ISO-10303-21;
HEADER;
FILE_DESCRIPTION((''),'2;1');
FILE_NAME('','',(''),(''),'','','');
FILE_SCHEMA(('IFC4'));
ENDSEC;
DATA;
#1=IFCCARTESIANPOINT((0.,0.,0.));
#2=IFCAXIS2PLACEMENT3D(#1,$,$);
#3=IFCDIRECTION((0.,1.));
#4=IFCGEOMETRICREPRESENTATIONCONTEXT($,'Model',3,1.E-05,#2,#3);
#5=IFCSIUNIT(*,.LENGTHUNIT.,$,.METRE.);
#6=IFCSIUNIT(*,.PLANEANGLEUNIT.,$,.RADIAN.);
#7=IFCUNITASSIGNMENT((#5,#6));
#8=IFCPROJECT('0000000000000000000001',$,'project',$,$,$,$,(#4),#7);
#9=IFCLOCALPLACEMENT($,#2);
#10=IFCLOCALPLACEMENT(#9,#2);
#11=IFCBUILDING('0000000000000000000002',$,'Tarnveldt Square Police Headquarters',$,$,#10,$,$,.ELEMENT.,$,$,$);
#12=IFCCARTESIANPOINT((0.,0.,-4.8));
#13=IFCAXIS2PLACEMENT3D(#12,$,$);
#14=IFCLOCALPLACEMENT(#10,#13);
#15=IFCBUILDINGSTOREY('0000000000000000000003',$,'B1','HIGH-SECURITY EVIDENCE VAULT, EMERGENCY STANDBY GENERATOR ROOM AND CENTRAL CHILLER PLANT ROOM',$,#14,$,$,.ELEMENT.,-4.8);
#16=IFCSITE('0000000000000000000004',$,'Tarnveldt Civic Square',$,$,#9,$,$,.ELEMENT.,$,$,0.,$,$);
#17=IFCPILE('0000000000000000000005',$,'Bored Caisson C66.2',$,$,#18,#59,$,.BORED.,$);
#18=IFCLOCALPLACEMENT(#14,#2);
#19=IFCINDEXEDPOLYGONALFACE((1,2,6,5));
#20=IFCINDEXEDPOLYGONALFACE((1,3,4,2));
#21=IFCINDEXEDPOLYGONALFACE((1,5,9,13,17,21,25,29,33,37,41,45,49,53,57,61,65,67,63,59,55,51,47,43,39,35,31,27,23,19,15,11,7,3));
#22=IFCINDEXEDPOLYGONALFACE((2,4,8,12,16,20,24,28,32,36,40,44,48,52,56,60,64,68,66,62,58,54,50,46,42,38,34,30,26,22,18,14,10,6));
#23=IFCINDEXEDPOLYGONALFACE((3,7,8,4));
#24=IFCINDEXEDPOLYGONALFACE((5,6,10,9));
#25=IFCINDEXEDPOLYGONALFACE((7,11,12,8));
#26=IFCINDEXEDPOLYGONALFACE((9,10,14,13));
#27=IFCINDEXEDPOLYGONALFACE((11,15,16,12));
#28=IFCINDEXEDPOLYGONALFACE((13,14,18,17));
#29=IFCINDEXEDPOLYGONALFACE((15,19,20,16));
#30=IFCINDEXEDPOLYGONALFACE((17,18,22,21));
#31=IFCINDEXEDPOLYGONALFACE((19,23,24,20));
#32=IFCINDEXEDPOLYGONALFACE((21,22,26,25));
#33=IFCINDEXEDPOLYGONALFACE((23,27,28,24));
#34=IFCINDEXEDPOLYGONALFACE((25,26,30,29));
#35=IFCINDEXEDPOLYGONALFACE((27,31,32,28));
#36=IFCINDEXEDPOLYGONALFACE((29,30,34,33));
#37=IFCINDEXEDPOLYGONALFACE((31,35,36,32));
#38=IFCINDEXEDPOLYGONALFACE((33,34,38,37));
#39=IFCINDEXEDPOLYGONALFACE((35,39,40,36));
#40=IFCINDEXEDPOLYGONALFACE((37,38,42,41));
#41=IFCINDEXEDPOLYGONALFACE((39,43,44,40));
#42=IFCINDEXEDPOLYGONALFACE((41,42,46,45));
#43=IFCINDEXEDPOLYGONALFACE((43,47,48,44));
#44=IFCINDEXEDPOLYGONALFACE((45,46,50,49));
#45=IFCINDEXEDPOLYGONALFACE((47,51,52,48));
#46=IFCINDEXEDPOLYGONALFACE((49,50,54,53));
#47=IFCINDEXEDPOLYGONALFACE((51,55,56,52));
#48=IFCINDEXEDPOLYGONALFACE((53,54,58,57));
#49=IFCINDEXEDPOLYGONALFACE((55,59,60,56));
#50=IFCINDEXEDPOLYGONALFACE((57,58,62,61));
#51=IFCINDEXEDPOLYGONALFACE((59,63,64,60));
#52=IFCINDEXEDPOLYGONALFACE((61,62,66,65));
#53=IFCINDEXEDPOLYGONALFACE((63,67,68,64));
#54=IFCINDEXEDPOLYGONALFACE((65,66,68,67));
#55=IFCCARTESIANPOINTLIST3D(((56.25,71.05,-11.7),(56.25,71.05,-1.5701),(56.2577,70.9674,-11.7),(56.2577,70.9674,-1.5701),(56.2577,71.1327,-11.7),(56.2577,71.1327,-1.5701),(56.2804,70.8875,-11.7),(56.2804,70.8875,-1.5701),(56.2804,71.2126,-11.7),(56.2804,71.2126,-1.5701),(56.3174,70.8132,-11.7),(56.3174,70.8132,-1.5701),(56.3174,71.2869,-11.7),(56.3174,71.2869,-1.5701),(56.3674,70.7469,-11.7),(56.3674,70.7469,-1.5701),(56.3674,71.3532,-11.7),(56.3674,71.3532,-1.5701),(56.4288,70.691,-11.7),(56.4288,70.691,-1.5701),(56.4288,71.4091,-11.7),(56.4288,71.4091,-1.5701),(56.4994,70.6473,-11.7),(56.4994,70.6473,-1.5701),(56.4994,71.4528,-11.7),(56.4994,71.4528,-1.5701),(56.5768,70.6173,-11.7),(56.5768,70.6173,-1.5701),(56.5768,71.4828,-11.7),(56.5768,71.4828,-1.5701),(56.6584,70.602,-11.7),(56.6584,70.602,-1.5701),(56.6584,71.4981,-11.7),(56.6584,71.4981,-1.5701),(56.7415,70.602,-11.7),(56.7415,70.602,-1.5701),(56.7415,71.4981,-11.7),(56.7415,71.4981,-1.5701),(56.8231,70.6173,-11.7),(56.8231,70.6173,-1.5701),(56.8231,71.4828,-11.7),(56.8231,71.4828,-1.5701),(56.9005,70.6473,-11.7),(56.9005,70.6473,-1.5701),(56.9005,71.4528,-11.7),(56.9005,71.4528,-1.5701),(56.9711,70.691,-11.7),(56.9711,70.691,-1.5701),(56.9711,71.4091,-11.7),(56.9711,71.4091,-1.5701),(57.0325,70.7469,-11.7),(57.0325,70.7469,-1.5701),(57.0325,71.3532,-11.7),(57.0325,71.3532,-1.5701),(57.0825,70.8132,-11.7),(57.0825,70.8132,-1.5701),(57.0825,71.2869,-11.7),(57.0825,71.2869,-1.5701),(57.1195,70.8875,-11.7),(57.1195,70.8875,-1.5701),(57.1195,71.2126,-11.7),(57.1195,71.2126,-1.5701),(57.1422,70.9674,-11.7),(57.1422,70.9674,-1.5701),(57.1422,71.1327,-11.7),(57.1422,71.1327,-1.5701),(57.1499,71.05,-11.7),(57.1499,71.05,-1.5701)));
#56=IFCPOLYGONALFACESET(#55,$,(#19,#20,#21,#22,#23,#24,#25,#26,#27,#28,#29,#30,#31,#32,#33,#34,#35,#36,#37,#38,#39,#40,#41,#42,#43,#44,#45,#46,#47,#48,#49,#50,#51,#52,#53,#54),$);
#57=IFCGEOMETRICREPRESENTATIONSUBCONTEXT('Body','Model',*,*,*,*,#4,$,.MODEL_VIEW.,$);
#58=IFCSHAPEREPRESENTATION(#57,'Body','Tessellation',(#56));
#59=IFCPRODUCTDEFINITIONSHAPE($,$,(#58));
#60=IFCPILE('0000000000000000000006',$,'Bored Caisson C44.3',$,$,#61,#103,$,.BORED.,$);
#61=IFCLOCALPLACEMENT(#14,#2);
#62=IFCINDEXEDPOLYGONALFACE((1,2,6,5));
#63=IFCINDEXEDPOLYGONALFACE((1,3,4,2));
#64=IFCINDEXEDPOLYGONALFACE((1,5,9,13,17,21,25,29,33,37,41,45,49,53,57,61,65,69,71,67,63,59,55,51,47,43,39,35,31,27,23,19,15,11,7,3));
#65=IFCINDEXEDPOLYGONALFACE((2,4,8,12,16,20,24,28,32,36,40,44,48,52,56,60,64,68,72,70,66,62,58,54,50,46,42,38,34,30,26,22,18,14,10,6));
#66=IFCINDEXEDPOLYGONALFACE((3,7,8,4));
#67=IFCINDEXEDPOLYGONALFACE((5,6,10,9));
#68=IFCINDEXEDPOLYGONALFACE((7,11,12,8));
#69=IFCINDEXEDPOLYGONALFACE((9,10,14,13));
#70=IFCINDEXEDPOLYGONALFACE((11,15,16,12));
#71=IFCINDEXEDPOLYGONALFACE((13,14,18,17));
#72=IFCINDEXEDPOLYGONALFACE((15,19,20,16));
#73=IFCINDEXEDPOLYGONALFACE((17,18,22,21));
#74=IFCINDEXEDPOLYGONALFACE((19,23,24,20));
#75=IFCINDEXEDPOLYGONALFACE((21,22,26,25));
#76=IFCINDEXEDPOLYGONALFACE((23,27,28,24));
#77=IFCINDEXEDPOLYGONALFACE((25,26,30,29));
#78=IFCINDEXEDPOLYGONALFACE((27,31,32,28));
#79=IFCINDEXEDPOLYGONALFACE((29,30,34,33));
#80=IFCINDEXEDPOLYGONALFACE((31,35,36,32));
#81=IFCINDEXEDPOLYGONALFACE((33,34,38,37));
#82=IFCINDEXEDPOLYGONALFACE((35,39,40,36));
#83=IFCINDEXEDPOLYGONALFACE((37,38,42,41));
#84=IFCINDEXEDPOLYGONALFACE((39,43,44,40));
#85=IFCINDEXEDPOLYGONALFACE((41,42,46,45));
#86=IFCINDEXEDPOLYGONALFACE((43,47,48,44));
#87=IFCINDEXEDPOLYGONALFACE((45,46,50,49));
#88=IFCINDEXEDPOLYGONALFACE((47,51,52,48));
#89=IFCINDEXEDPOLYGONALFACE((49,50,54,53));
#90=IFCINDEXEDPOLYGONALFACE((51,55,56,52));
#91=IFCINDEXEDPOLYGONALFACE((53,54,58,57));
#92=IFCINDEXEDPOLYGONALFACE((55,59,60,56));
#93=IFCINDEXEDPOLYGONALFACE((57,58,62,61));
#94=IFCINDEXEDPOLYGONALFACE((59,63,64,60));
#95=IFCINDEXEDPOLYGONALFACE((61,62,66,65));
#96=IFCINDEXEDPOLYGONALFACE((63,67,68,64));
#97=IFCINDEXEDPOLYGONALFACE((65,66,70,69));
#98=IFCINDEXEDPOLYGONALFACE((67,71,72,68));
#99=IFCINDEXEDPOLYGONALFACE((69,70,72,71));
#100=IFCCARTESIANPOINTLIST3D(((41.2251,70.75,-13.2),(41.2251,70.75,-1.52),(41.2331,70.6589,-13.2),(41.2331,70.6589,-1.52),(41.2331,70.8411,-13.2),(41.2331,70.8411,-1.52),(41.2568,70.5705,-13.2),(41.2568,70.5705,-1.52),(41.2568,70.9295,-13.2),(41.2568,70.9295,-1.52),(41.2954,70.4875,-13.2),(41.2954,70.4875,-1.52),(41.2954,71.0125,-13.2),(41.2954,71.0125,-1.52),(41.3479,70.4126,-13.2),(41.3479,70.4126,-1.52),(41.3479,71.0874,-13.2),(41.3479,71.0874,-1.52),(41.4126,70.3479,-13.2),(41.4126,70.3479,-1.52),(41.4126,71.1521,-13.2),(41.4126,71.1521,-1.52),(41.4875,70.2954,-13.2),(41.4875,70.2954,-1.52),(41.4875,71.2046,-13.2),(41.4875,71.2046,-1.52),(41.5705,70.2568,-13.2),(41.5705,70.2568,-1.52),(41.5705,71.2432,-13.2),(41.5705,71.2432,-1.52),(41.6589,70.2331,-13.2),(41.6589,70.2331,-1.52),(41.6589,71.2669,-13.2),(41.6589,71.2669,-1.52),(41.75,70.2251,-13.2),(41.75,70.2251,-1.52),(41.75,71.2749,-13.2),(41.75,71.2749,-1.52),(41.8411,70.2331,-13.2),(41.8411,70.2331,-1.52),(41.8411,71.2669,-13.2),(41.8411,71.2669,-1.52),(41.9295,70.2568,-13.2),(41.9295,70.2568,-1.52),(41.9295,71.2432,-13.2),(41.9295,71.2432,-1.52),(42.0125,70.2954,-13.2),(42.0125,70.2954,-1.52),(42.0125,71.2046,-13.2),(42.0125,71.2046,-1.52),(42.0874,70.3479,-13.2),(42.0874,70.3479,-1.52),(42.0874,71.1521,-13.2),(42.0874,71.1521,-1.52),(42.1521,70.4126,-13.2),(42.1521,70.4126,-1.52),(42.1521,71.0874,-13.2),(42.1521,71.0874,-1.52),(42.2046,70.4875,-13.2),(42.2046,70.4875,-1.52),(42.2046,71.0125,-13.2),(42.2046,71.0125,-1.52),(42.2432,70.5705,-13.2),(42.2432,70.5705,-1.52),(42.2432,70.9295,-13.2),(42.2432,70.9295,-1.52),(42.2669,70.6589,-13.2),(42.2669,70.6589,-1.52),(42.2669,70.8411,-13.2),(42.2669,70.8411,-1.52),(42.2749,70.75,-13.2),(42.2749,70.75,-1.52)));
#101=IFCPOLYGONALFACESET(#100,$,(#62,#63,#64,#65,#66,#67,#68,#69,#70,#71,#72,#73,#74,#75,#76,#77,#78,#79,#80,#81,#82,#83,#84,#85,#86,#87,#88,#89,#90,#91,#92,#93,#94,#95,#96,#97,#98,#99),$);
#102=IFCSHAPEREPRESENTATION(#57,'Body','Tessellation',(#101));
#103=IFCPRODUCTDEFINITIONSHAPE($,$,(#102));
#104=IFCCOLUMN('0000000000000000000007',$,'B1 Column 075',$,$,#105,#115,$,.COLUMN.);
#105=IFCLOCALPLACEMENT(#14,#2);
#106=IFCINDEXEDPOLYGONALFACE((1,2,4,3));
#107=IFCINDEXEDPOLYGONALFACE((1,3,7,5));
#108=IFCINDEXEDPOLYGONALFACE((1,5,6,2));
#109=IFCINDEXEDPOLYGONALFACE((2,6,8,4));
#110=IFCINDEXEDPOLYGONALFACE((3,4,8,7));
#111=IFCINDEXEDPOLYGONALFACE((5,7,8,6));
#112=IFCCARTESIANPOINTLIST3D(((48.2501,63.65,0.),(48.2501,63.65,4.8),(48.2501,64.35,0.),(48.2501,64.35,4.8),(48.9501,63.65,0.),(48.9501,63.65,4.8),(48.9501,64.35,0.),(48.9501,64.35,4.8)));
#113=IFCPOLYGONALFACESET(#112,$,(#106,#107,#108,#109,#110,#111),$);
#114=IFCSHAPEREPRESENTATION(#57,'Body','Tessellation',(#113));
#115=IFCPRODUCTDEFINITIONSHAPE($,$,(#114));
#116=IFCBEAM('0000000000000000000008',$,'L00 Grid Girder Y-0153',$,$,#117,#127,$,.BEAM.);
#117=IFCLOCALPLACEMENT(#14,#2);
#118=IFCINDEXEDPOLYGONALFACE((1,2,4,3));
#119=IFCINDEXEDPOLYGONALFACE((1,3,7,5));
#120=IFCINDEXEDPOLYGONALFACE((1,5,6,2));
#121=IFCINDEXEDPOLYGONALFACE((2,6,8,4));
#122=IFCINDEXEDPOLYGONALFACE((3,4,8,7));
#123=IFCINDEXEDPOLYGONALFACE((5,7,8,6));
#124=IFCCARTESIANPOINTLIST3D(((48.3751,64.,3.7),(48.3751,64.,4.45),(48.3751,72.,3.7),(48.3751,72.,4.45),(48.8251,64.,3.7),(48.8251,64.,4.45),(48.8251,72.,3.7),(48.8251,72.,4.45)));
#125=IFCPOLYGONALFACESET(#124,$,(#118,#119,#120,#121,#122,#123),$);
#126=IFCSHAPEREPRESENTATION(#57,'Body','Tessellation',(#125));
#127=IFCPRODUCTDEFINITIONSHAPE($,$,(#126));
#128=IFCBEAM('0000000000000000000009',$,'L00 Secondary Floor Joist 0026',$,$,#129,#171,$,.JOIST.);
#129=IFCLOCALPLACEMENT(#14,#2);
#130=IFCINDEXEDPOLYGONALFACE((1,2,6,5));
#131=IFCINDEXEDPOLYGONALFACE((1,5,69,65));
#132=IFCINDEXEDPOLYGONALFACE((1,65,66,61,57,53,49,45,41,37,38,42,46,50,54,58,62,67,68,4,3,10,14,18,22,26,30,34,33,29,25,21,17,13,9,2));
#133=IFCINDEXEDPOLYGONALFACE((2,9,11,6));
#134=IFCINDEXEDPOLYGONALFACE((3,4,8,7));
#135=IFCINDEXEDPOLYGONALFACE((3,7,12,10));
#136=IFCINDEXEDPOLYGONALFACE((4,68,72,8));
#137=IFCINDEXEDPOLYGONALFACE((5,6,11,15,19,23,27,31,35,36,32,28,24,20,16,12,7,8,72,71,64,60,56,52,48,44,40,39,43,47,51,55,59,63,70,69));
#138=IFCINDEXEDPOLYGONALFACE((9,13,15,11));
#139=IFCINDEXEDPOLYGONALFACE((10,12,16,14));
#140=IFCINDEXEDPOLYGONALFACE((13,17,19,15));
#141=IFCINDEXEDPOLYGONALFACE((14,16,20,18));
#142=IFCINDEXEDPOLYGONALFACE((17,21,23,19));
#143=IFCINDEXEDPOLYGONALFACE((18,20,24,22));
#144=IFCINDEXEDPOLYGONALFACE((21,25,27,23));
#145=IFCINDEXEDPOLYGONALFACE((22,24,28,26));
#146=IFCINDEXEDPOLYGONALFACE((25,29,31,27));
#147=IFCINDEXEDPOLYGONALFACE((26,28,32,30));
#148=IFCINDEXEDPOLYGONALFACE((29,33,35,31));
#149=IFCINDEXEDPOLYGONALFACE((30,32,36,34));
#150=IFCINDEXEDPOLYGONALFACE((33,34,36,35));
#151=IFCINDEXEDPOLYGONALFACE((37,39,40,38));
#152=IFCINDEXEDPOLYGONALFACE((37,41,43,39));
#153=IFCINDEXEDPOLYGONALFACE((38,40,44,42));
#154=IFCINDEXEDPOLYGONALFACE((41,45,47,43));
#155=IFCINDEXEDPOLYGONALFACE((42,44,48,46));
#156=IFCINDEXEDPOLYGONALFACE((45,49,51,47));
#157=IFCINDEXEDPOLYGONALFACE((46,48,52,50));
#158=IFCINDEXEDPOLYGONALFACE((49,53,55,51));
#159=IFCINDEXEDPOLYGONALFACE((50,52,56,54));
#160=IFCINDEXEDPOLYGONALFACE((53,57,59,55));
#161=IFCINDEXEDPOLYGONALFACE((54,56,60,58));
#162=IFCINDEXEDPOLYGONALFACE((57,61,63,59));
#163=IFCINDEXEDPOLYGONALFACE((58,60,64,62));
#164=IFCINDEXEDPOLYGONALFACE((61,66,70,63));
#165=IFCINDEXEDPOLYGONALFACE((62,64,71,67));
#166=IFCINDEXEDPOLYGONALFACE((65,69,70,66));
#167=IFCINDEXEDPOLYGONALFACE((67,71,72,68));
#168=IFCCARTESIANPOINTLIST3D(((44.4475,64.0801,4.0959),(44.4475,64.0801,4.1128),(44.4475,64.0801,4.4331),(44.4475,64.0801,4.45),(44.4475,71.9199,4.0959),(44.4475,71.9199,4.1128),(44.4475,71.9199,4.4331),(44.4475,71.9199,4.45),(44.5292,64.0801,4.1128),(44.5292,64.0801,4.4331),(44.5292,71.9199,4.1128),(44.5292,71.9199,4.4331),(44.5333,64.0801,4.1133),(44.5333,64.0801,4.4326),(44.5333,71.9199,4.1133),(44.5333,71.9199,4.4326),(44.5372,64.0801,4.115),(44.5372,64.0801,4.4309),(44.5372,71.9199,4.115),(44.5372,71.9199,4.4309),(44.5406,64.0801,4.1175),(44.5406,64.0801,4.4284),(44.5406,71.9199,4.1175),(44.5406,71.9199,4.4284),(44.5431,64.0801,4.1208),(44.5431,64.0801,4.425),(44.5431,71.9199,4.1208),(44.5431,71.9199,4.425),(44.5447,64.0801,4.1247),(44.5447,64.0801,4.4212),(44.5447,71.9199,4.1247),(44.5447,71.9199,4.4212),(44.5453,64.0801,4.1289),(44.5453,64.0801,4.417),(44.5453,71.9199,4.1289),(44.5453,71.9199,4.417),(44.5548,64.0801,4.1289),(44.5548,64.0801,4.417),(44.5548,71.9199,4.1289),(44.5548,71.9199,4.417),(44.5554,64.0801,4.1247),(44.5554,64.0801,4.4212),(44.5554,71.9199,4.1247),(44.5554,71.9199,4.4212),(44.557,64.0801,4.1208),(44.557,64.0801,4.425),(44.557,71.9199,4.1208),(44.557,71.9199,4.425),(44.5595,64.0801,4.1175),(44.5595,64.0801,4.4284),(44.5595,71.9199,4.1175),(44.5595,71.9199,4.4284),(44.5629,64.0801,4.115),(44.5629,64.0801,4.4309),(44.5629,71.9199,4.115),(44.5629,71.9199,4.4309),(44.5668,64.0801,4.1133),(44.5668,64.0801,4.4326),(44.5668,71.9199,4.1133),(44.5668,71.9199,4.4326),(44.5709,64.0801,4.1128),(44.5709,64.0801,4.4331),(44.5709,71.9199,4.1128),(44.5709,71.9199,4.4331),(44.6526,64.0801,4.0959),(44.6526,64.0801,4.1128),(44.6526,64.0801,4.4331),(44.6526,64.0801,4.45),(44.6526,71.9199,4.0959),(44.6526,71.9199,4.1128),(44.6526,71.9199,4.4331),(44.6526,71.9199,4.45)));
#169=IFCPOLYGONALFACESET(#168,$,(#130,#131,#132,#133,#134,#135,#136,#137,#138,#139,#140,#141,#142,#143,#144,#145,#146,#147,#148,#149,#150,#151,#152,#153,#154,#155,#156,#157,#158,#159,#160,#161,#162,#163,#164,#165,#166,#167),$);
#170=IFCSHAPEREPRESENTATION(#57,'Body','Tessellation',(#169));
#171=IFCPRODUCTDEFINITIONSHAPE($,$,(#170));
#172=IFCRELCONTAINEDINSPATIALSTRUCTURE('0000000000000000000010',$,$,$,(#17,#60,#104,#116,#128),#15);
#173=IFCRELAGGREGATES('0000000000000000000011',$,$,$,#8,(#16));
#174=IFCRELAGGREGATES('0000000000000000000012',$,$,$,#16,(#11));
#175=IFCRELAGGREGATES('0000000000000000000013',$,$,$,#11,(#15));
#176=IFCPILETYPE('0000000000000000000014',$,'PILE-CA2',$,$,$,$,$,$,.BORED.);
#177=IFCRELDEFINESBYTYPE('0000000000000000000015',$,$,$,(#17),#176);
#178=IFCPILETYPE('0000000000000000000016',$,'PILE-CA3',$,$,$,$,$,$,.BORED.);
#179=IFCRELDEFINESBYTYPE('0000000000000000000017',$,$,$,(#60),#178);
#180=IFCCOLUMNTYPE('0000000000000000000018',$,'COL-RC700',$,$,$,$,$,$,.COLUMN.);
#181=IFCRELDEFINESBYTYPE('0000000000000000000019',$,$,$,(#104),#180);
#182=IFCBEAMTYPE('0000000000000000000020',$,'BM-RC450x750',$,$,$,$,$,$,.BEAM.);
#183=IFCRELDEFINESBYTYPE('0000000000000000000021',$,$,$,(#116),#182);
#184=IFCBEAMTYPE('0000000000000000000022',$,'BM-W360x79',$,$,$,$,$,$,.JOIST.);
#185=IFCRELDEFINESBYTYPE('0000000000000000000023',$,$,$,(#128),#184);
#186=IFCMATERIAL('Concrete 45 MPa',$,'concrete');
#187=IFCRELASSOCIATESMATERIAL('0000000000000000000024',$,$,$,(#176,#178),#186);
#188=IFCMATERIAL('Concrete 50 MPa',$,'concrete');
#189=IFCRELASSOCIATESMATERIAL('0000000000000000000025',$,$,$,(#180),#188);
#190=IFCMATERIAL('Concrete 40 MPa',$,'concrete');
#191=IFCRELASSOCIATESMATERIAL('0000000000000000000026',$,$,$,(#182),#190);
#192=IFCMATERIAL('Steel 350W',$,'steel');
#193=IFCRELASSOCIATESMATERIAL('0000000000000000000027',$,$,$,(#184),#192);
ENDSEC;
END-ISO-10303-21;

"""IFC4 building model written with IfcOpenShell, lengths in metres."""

from ifc_helpers import new_model, si_unit, direction, frame, origin, origin_2d, place, context, subcontext, project, spatial, rectangle, circle, i_section, extrude, material, material_profile, profile_set, type_object, element, save


model = new_model("IFC4")

# Units and contexts
model_context = context("Model", 3, precision=1e-05, world=origin(), true_north=direction((0.0, 1.0)))
body_context = subcontext(model_context, "Body", "Model", "MODEL_VIEW")
ifc_project = project(units=[si_unit("LENGTHUNIT", "METRE"), si_unit("PLANEANGLEUNIT", "RADIAN")], contexts=[model_context])

# Site, building, storey
site_placement = place(None, origin())
site = spatial("IfcSite", under=ifc_project, at=site_placement, Name="Tarnveldt Civic Square", CompositionType="ELEMENT", RefElevation=0.0)
building_placement = place(site_placement, origin())
building = spatial("IfcBuilding", under=site, at=building_placement, Name="Tarnveldt Square Police Headquarters", CompositionType="ELEMENT")
storey_placement = place(building_placement, frame((0.0, 0.0, -4.8)))
storey = spatial("IfcBuildingStorey", under=building, at=storey_placement, Name="B1", Description="HIGH-SECURITY EVIDENCE VAULT, EMERGENCY STANDBY GENERATOR ROOM AND CENTRAL CHILLER PLANT ROOM", CompositionType="ELEMENT", Elevation=-4.8)

# Shared definitions
ifc_material_1 = material(Name="Concrete 45 MPa", Category="concrete")

# Piles
ifc_material_profile_1 = material_profile(ifc_material_1, circle(Radius=0.45, at=origin_2d()), Name="CAISSON-D900")
ifc_profile_set_1 = profile_set([ifc_material_profile_1], Name="Concrete 45 MPa")
pile_type_1 = type_object("IfcPileType", Name="PILE-CA2", PredefinedType="BORED", material=ifc_profile_set_1)
for number, where, z_axis, x_axis, name in (
    (1, (56.7, 71.05, -1.5701), (0.0, 0.0, -1.0), (1.0, 0.0, 0.0), "Bored Caisson C66.2"),
):
    element("IfcPile", number, at=place(storey_placement, frame(where, z_axis=z_axis, x_axis=x_axis)), inside=storey, type_object=pile_type_1, Name=name, PredefinedType="BORED", context=body_context, shape_type="SweptSolid", body=[
        extrude(circle(Radius=0.45, at=origin_2d()), origin(), (0.0, 0.0, 1.0), 10.1299),
    ])
ifc_material_profile_2 = material_profile(ifc_material_1, circle(Radius=0.5249, at=origin_2d()), Name="CAISSON-D1050")
ifc_profile_set_2 = profile_set([ifc_material_profile_2], Name="Concrete 45 MPa")
pile_type_2 = type_object("IfcPileType", Name="PILE-CA3", PredefinedType="BORED", material=ifc_profile_set_2)
pile_placement = place(storey_placement, frame((41.75, 70.75, -1.52), z_axis=(0.0, 0.0, -1.0), x_axis=(1.0, 0.0, 0.0)))
element("IfcPile", 2, at=pile_placement, inside=storey, type_object=pile_type_2, Name="Bored Caisson C44.3", PredefinedType="BORED", context=body_context, shape_type="SweptSolid", body=[
    extrude(circle(Radius=0.5249, at=origin_2d()), origin(), (0.0, 0.0, 1.0), 11.6799),
])

# Column
ifc_material_2 = material(Name="Concrete 50 MPa", Category="concrete")
ifc_material_profile_3 = material_profile(ifc_material_2, rectangle(XDim=0.7, YDim=0.7, at=origin_2d()), Name="RC-C700x700")
ifc_profile_set_3 = profile_set([ifc_material_profile_3], Name="Concrete 50 MPa")
column_type = type_object("IfcColumnType", Name="COL-RC700", PredefinedType="COLUMN", material=ifc_profile_set_3)
column_placement = place(storey_placement, frame((48.6001, 64.0, 0.0), z_axis=(0.0, 0.0, 1.0), x_axis=(1.0, 0.0, 0.0)))
element("IfcColumn", 3, at=column_placement, inside=storey, type_object=column_type, Name="B1 Column 075", PredefinedType="COLUMN", context=body_context, shape_type="SweptSolid", body=[
    extrude(rectangle(XDim=0.7, YDim=0.7, at=origin_2d()), origin(), (0.0, 0.0, 1.0), 4.8),
])

# Beams
ifc_material_3 = material(Name="Concrete 40 MPa", Category="concrete")
ifc_material_profile_4 = material_profile(ifc_material_3, rectangle(XDim=0.45, YDim=0.75, at=origin_2d()), Name="RC-B450x750")
ifc_profile_set_4 = profile_set([ifc_material_profile_4], Name="Concrete 40 MPa")
beam_type_1 = type_object("IfcBeamType", Name="BM-RC450x750", PredefinedType="BEAM", material=ifc_profile_set_4)
beam_1_placement = place(storey_placement, frame((48.6001, 64.0, 4.075), z_axis=(0.0, 1.0, 0.0), x_axis=(-1.0, 0.0, 0.0)))
element("IfcBeam", 4, at=beam_1_placement, inside=storey, type_object=beam_type_1, Name="L00 Grid Girder Y-0153", PredefinedType="BEAM", context=body_context, shape_type="SweptSolid", body=[
    extrude(rectangle(XDim=0.45, YDim=0.75, at=origin_2d()), origin(), (0.0, 0.0, 1.0), 8.0),
])
ifc_material_4 = material(Name="Steel 350W", Category="steel")
ifc_material_profile_5 = material_profile(ifc_material_4, i_section(OverallWidth=0.2051, OverallDepth=0.354, WebThickness=0.0095, FlangeThickness=0.0168, FilletRadius=0.0161, at=origin_2d()), Name="W360x79")
ifc_profile_set_5 = profile_set([ifc_material_profile_5], Name="Steel 350W")
beam_type_2 = type_object("IfcBeamType", Name="BM-W360x79", PredefinedType="JOIST", material=ifc_profile_set_5)
beam_2_placement = place(storey_placement, frame((44.55, 64.0801, 4.2729), z_axis=(0.0, 1.0, 0.0), x_axis=(-1.0, 0.0, 0.0)))
element("IfcBeam", 5, at=beam_2_placement, inside=storey, type_object=beam_type_2, Name="L00 Secondary Floor Joist 0026", PredefinedType="JOIST", context=body_context, shape_type="SweptSolid", body=[
    extrude(i_section(OverallWidth=0.2051, OverallDepth=0.354, WebThickness=0.0095, FlangeThickness=0.0168, FilletRadius=0.0161, at=origin_2d()), origin(), (0.0, 0.0, 1.0), 7.8398),
])

save(model, "model.ifc")
